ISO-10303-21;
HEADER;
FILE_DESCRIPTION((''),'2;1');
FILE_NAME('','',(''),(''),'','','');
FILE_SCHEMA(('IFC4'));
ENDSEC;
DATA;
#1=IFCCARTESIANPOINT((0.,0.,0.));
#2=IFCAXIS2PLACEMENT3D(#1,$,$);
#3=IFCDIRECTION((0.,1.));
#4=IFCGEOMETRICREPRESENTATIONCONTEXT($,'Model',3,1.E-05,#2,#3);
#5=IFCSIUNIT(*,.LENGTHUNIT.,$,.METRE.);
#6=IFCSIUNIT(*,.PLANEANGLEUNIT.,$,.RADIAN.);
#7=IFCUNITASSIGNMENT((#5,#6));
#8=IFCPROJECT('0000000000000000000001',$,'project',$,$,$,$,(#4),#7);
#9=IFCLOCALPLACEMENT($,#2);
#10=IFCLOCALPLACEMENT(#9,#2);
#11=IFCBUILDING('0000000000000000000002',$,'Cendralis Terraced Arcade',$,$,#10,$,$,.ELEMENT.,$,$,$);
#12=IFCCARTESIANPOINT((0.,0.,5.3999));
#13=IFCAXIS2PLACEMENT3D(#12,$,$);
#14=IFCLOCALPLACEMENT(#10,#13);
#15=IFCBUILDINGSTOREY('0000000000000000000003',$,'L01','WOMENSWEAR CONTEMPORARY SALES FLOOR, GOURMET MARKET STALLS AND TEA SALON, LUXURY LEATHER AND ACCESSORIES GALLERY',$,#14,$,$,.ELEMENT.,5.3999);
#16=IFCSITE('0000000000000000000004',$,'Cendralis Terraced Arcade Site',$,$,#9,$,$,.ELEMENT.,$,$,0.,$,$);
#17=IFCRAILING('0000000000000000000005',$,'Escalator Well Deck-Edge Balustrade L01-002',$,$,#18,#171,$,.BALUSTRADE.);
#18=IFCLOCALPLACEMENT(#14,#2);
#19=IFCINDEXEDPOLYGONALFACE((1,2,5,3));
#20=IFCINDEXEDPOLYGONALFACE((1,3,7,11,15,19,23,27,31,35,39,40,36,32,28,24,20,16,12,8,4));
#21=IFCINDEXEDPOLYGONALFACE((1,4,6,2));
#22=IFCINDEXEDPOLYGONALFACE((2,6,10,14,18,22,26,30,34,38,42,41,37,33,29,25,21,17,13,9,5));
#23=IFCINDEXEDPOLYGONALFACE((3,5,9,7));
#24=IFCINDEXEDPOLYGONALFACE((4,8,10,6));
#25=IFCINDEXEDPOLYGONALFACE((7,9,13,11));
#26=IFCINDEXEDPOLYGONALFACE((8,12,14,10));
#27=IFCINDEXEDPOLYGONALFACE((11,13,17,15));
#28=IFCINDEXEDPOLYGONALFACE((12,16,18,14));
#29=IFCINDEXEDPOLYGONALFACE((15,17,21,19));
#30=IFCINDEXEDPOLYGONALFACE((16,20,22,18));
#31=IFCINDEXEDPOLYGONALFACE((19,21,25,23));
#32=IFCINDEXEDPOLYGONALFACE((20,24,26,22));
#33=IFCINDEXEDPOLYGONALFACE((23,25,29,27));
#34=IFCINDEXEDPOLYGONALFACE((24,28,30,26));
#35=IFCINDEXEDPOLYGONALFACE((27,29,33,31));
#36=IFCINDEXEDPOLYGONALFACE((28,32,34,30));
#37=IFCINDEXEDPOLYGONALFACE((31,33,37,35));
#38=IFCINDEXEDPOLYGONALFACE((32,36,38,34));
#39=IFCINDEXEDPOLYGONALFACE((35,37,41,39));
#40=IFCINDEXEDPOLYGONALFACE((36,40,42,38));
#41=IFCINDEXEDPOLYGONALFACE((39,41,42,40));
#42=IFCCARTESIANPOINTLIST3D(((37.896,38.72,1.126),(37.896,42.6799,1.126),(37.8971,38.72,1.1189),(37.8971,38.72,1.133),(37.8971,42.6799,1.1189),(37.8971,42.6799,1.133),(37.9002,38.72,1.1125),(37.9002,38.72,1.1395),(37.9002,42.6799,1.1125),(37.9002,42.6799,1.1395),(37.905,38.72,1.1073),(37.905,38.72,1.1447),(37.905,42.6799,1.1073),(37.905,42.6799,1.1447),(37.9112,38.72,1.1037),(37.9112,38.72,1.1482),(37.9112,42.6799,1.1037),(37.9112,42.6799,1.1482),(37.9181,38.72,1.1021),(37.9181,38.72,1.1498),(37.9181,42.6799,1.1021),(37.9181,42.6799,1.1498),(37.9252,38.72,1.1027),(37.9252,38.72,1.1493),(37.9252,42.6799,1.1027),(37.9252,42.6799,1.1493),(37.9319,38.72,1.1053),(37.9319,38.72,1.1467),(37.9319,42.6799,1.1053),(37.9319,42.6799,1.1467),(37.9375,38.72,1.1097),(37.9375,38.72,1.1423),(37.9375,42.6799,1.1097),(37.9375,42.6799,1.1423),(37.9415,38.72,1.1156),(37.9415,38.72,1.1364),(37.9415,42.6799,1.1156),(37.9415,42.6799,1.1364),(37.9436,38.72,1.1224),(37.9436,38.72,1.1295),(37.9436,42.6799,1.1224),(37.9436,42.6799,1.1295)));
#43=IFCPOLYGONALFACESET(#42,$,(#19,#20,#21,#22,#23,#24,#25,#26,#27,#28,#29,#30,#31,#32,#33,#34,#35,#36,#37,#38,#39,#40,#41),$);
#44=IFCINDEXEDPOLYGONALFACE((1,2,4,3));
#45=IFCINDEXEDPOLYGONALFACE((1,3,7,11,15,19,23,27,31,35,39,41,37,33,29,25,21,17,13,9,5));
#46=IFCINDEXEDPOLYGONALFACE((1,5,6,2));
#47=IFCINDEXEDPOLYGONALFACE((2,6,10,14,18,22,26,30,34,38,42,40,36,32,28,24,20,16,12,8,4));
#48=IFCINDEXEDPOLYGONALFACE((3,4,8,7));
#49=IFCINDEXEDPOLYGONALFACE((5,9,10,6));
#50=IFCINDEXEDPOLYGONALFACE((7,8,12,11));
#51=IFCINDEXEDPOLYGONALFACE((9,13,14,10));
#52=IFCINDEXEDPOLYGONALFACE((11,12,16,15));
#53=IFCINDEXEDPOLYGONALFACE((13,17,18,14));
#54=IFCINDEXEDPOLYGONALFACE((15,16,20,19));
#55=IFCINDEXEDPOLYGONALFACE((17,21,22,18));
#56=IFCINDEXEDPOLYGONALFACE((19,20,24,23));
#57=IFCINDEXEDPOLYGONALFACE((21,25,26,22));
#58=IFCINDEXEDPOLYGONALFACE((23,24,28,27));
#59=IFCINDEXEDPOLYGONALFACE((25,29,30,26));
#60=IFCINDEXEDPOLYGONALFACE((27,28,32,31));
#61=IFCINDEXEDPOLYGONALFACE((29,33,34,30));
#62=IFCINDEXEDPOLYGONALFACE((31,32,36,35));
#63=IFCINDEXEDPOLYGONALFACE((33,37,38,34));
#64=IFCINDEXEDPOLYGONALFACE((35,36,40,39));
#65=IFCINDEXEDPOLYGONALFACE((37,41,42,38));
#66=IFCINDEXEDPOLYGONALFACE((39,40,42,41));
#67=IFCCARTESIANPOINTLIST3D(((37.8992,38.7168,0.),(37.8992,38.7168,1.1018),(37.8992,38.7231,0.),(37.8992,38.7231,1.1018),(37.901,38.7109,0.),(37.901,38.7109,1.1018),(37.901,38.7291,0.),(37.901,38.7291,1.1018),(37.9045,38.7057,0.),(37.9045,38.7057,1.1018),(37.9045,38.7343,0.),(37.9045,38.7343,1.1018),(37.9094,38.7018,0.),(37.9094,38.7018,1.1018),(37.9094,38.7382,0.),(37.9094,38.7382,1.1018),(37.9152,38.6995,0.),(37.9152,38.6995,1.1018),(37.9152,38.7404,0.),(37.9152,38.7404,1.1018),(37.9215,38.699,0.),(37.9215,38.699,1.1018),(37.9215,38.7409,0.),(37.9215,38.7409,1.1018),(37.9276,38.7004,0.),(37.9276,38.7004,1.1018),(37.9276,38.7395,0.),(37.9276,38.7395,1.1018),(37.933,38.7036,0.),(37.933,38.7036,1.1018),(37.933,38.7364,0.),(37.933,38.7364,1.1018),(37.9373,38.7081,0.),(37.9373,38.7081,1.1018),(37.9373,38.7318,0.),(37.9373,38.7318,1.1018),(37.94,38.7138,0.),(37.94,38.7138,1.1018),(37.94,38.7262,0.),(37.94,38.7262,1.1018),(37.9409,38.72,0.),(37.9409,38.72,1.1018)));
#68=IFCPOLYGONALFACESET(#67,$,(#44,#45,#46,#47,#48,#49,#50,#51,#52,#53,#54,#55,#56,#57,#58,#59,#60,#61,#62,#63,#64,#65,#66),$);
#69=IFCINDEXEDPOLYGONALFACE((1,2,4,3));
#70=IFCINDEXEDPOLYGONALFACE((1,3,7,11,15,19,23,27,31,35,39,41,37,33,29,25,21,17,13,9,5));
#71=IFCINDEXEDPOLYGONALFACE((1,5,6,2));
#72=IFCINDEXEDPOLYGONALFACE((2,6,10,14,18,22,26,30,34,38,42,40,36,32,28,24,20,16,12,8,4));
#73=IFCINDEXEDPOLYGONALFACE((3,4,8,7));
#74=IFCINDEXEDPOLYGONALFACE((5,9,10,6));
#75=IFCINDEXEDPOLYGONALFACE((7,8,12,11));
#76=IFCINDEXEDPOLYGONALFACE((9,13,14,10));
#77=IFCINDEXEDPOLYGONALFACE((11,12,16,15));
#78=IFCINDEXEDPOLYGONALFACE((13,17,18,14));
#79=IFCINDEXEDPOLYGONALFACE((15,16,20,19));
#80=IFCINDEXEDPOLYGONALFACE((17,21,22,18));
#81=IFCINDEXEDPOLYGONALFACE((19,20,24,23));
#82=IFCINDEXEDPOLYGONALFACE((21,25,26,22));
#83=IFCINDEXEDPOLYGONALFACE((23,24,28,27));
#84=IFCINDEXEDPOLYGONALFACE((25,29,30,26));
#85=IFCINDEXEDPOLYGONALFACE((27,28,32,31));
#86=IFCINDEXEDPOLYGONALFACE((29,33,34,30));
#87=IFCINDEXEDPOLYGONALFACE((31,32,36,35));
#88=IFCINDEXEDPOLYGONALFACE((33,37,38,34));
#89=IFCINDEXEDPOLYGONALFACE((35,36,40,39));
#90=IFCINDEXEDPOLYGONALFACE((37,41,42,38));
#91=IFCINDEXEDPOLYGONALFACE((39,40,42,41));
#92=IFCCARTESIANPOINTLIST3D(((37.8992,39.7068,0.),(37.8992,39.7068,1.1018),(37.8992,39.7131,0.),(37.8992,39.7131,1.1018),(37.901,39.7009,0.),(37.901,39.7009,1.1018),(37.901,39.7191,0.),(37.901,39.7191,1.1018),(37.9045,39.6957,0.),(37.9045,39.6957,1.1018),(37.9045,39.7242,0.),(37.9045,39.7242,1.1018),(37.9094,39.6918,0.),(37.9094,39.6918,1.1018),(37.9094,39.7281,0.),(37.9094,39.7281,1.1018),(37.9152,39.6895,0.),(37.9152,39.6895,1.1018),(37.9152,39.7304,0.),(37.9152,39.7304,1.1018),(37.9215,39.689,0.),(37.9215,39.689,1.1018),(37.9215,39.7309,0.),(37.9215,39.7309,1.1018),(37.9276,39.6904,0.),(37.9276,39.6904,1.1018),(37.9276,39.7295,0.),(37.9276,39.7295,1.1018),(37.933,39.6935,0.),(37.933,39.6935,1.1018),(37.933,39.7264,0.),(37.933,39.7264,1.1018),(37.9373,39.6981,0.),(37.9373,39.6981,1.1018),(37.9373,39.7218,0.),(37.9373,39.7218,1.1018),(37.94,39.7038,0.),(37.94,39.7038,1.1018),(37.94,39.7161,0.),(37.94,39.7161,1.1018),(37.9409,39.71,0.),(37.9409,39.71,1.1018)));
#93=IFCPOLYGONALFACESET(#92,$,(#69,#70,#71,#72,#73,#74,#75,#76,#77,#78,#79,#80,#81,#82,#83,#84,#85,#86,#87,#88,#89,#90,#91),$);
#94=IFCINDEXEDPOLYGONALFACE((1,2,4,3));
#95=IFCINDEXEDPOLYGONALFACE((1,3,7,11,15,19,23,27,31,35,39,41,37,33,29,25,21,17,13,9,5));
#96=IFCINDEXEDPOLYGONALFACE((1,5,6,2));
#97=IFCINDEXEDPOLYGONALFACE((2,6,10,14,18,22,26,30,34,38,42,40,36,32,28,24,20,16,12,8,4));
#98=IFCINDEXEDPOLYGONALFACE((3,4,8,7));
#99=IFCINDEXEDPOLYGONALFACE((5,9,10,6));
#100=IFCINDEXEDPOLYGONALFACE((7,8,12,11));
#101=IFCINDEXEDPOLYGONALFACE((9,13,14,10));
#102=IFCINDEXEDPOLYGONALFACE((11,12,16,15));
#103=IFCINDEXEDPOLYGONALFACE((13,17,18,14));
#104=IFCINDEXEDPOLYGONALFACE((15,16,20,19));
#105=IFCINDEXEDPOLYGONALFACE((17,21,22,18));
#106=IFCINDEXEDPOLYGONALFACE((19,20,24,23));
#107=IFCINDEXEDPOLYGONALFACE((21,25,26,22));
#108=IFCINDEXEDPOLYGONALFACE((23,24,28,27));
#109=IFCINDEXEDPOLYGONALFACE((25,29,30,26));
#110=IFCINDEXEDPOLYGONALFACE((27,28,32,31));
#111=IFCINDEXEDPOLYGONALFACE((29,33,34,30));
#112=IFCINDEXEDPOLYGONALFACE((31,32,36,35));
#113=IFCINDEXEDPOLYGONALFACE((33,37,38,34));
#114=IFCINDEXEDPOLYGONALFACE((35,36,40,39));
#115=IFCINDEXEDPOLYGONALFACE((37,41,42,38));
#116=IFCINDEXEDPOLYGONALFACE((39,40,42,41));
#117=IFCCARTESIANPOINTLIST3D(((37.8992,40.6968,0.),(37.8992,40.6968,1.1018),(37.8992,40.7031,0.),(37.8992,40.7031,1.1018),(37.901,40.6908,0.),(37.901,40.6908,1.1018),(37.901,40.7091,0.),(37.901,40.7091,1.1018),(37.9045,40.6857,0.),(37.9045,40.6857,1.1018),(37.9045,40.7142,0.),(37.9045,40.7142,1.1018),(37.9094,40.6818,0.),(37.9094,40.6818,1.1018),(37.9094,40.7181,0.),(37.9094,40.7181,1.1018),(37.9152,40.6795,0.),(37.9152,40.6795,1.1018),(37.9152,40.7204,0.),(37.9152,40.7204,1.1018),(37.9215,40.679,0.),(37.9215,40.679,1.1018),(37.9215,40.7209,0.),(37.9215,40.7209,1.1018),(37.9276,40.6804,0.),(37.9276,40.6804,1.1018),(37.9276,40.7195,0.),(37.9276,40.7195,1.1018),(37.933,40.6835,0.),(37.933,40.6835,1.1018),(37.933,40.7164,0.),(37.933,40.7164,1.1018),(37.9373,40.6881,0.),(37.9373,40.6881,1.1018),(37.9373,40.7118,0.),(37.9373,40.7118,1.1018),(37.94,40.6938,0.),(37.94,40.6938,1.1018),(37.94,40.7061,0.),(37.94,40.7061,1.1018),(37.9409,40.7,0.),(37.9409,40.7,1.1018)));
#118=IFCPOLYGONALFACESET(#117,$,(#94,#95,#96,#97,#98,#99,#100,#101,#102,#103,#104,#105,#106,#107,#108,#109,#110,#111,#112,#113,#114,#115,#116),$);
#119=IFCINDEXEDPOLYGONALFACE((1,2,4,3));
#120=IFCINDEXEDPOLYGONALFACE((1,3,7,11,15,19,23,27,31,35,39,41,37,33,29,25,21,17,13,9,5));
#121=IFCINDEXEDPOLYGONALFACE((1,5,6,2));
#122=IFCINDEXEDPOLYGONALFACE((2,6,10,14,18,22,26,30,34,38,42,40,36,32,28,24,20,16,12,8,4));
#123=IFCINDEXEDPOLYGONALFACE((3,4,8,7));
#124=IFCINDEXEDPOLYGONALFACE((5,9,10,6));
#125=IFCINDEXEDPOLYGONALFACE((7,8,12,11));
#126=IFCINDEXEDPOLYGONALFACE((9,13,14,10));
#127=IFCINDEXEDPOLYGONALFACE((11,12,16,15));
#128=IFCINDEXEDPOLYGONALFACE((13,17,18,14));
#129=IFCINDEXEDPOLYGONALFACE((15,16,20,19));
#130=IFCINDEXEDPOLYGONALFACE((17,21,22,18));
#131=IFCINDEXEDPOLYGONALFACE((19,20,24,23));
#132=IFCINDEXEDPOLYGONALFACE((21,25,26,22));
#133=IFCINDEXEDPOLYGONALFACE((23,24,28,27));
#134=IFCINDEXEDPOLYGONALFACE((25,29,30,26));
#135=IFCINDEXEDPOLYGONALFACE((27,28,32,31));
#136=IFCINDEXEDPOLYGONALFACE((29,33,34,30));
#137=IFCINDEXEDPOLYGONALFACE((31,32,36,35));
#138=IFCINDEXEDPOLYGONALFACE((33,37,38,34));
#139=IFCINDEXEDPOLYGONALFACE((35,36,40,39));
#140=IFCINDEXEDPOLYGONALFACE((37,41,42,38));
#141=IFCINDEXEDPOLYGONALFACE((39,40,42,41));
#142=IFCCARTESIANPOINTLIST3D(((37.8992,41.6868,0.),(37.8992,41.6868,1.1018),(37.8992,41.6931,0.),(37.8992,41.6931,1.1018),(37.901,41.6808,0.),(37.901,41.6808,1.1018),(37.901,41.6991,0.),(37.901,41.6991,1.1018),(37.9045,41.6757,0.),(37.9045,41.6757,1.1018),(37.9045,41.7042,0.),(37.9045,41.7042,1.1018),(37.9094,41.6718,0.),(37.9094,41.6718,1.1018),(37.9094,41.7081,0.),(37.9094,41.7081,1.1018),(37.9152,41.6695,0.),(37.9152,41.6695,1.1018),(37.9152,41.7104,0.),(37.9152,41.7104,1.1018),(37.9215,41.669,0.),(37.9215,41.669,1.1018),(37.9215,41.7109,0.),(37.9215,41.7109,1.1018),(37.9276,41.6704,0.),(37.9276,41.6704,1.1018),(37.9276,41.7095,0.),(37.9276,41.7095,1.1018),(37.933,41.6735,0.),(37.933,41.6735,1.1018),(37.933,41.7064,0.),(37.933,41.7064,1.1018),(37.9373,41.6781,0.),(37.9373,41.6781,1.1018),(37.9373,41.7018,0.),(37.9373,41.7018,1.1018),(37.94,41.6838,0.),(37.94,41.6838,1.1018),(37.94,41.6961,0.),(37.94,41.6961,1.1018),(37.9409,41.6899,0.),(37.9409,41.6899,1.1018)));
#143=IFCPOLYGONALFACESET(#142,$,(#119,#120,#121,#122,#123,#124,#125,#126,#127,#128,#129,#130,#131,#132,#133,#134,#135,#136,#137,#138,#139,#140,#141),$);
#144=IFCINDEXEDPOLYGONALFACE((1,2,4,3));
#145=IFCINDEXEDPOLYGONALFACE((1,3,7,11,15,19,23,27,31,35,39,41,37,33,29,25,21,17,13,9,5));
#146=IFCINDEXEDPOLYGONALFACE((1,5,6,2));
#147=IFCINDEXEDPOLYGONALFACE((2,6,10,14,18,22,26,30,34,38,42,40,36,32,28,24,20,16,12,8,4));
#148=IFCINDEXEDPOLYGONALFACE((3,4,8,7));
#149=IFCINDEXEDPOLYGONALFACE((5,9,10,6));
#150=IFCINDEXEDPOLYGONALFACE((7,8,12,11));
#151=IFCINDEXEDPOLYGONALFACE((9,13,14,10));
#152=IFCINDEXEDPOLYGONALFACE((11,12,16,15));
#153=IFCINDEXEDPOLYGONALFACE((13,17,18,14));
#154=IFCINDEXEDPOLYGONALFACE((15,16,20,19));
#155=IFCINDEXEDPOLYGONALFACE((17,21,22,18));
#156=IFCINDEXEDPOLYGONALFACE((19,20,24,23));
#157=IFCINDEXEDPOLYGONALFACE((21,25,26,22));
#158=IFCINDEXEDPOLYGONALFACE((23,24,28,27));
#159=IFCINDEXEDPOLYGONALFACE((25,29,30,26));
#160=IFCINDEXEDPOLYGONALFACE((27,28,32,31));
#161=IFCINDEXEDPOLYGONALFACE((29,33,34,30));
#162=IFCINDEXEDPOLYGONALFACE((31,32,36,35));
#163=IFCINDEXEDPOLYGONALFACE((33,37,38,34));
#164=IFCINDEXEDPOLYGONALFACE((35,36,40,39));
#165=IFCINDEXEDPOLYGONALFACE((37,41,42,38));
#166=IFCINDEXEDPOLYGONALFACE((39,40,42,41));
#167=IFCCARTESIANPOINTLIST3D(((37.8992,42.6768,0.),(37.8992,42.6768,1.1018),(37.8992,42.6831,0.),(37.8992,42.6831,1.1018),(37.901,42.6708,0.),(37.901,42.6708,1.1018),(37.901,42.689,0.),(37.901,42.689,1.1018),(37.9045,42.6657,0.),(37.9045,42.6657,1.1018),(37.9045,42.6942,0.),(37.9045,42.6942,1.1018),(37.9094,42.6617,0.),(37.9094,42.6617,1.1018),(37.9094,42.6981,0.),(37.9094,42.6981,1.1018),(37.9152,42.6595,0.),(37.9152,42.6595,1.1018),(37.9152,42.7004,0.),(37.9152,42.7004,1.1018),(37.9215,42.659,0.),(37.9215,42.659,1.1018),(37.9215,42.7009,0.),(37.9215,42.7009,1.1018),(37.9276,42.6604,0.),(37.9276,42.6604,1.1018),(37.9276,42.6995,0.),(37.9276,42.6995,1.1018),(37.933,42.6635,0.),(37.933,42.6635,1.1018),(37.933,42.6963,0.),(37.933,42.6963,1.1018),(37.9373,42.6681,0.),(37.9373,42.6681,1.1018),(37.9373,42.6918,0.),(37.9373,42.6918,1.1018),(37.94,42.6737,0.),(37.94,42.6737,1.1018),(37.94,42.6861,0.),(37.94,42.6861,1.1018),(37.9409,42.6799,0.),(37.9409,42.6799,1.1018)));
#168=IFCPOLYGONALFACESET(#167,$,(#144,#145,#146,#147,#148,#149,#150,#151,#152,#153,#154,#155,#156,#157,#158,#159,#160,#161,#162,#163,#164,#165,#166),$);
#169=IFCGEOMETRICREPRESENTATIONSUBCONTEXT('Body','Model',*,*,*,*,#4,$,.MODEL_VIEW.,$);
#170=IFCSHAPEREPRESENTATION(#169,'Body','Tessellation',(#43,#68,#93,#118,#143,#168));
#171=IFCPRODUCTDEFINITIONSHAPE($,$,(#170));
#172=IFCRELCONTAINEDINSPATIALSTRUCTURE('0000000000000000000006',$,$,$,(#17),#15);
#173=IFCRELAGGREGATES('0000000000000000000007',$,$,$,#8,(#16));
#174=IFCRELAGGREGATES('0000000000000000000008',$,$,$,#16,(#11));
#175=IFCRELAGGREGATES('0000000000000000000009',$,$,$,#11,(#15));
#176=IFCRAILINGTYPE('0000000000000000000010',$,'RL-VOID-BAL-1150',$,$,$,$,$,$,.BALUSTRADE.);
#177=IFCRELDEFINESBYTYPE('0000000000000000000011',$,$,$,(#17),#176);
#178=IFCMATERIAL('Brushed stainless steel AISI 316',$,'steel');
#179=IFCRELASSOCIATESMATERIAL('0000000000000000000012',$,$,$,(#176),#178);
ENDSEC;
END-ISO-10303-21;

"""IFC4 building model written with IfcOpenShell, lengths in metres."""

from ifc_helpers import new_model, si_unit, direction, frame, origin, origin_2d, place, context, subcontext, project, spatial, circle, extrude, material, type_object, element, save


model = new_model("IFC4")

# Units and contexts
model_context = context("Model", 3, precision=1e-05, world=origin(), true_north=direction((0.0, 1.0)))
body_context = subcontext(model_context, "Body", "Model", "MODEL_VIEW")
ifc_project = project(units=[si_unit("LENGTHUNIT", "METRE"), si_unit("PLANEANGLEUNIT", "RADIAN")], contexts=[model_context])

# Site, building, storey
site_placement = place(None, origin())
site = spatial("IfcSite", under=ifc_project, at=site_placement, Name="Cendralis Terraced Arcade Site", CompositionType="ELEMENT", RefElevation=0.0)
building_placement = place(site_placement, origin())
building = spatial("IfcBuilding", under=site, at=building_placement, Name="Cendralis Terraced Arcade", CompositionType="ELEMENT")
storey_placement = place(building_placement, frame((0.0, 0.0, 5.3999)))
storey = spatial("IfcBuildingStorey", under=building, at=storey_placement, Name="L01", Description="WOMENSWEAR CONTEMPORARY SALES FLOOR, GOURMET MARKET STALLS AND TEA SALON, LUXURY LEATHER AND ACCESSORIES GALLERY", CompositionType="ELEMENT", Elevation=5.3999)

# Railing
ifc_material_1 = material(Name="Brushed stainless steel AISI 316", Category="steel")
railing_type_1 = type_object("IfcRailingType", Name="RL-VOID-BAL-1150", PredefinedType="BALUSTRADE", material=ifc_material_1)
railing_1_placement = place(storey_placement, frame((37.9199, 38.72, 0.0)))
element("IfcRailing", 1, at=railing_1_placement, inside=storey, type_object=railing_type_1, Name="Escalator Well Deck-Edge Balustrade L01-002", PredefinedType="BALUSTRADE", context=body_context, shape_type="SweptSolid", body=[
    extrude(circle(Radius=0.0239, at=origin_2d()), frame((0.0, 0.0, 1.126), z_axis=(0.0, 1.0, 0.0), x_axis=(-1.0, 0.0, 0.0)), (0.0, 0.0, 1.0), 3.96),
    extrude(circle(Radius=0.021, at=origin_2d()), origin(), (0.0, 0.0, 1.0), 1.1018),
    extrude(circle(Radius=0.021, at=origin_2d()), frame((0.0, 0.99, 0.0)), (0.0, 0.0, 1.0), 1.1018),
    extrude(circle(Radius=0.021, at=origin_2d()), frame((0.0, 1.98, 0.0)), (0.0, 0.0, 1.0), 1.1018),
    extrude(circle(Radius=0.021, at=origin_2d()), frame((0.0, 2.97, 0.0)), (0.0, 0.0, 1.0), 1.1018),
    extrude(circle(Radius=0.021, at=origin_2d()), frame((0.0, 3.96, 0.0)), (0.0, 0.0, 1.0), 1.1018),
])

save(model, "model.ifc")
